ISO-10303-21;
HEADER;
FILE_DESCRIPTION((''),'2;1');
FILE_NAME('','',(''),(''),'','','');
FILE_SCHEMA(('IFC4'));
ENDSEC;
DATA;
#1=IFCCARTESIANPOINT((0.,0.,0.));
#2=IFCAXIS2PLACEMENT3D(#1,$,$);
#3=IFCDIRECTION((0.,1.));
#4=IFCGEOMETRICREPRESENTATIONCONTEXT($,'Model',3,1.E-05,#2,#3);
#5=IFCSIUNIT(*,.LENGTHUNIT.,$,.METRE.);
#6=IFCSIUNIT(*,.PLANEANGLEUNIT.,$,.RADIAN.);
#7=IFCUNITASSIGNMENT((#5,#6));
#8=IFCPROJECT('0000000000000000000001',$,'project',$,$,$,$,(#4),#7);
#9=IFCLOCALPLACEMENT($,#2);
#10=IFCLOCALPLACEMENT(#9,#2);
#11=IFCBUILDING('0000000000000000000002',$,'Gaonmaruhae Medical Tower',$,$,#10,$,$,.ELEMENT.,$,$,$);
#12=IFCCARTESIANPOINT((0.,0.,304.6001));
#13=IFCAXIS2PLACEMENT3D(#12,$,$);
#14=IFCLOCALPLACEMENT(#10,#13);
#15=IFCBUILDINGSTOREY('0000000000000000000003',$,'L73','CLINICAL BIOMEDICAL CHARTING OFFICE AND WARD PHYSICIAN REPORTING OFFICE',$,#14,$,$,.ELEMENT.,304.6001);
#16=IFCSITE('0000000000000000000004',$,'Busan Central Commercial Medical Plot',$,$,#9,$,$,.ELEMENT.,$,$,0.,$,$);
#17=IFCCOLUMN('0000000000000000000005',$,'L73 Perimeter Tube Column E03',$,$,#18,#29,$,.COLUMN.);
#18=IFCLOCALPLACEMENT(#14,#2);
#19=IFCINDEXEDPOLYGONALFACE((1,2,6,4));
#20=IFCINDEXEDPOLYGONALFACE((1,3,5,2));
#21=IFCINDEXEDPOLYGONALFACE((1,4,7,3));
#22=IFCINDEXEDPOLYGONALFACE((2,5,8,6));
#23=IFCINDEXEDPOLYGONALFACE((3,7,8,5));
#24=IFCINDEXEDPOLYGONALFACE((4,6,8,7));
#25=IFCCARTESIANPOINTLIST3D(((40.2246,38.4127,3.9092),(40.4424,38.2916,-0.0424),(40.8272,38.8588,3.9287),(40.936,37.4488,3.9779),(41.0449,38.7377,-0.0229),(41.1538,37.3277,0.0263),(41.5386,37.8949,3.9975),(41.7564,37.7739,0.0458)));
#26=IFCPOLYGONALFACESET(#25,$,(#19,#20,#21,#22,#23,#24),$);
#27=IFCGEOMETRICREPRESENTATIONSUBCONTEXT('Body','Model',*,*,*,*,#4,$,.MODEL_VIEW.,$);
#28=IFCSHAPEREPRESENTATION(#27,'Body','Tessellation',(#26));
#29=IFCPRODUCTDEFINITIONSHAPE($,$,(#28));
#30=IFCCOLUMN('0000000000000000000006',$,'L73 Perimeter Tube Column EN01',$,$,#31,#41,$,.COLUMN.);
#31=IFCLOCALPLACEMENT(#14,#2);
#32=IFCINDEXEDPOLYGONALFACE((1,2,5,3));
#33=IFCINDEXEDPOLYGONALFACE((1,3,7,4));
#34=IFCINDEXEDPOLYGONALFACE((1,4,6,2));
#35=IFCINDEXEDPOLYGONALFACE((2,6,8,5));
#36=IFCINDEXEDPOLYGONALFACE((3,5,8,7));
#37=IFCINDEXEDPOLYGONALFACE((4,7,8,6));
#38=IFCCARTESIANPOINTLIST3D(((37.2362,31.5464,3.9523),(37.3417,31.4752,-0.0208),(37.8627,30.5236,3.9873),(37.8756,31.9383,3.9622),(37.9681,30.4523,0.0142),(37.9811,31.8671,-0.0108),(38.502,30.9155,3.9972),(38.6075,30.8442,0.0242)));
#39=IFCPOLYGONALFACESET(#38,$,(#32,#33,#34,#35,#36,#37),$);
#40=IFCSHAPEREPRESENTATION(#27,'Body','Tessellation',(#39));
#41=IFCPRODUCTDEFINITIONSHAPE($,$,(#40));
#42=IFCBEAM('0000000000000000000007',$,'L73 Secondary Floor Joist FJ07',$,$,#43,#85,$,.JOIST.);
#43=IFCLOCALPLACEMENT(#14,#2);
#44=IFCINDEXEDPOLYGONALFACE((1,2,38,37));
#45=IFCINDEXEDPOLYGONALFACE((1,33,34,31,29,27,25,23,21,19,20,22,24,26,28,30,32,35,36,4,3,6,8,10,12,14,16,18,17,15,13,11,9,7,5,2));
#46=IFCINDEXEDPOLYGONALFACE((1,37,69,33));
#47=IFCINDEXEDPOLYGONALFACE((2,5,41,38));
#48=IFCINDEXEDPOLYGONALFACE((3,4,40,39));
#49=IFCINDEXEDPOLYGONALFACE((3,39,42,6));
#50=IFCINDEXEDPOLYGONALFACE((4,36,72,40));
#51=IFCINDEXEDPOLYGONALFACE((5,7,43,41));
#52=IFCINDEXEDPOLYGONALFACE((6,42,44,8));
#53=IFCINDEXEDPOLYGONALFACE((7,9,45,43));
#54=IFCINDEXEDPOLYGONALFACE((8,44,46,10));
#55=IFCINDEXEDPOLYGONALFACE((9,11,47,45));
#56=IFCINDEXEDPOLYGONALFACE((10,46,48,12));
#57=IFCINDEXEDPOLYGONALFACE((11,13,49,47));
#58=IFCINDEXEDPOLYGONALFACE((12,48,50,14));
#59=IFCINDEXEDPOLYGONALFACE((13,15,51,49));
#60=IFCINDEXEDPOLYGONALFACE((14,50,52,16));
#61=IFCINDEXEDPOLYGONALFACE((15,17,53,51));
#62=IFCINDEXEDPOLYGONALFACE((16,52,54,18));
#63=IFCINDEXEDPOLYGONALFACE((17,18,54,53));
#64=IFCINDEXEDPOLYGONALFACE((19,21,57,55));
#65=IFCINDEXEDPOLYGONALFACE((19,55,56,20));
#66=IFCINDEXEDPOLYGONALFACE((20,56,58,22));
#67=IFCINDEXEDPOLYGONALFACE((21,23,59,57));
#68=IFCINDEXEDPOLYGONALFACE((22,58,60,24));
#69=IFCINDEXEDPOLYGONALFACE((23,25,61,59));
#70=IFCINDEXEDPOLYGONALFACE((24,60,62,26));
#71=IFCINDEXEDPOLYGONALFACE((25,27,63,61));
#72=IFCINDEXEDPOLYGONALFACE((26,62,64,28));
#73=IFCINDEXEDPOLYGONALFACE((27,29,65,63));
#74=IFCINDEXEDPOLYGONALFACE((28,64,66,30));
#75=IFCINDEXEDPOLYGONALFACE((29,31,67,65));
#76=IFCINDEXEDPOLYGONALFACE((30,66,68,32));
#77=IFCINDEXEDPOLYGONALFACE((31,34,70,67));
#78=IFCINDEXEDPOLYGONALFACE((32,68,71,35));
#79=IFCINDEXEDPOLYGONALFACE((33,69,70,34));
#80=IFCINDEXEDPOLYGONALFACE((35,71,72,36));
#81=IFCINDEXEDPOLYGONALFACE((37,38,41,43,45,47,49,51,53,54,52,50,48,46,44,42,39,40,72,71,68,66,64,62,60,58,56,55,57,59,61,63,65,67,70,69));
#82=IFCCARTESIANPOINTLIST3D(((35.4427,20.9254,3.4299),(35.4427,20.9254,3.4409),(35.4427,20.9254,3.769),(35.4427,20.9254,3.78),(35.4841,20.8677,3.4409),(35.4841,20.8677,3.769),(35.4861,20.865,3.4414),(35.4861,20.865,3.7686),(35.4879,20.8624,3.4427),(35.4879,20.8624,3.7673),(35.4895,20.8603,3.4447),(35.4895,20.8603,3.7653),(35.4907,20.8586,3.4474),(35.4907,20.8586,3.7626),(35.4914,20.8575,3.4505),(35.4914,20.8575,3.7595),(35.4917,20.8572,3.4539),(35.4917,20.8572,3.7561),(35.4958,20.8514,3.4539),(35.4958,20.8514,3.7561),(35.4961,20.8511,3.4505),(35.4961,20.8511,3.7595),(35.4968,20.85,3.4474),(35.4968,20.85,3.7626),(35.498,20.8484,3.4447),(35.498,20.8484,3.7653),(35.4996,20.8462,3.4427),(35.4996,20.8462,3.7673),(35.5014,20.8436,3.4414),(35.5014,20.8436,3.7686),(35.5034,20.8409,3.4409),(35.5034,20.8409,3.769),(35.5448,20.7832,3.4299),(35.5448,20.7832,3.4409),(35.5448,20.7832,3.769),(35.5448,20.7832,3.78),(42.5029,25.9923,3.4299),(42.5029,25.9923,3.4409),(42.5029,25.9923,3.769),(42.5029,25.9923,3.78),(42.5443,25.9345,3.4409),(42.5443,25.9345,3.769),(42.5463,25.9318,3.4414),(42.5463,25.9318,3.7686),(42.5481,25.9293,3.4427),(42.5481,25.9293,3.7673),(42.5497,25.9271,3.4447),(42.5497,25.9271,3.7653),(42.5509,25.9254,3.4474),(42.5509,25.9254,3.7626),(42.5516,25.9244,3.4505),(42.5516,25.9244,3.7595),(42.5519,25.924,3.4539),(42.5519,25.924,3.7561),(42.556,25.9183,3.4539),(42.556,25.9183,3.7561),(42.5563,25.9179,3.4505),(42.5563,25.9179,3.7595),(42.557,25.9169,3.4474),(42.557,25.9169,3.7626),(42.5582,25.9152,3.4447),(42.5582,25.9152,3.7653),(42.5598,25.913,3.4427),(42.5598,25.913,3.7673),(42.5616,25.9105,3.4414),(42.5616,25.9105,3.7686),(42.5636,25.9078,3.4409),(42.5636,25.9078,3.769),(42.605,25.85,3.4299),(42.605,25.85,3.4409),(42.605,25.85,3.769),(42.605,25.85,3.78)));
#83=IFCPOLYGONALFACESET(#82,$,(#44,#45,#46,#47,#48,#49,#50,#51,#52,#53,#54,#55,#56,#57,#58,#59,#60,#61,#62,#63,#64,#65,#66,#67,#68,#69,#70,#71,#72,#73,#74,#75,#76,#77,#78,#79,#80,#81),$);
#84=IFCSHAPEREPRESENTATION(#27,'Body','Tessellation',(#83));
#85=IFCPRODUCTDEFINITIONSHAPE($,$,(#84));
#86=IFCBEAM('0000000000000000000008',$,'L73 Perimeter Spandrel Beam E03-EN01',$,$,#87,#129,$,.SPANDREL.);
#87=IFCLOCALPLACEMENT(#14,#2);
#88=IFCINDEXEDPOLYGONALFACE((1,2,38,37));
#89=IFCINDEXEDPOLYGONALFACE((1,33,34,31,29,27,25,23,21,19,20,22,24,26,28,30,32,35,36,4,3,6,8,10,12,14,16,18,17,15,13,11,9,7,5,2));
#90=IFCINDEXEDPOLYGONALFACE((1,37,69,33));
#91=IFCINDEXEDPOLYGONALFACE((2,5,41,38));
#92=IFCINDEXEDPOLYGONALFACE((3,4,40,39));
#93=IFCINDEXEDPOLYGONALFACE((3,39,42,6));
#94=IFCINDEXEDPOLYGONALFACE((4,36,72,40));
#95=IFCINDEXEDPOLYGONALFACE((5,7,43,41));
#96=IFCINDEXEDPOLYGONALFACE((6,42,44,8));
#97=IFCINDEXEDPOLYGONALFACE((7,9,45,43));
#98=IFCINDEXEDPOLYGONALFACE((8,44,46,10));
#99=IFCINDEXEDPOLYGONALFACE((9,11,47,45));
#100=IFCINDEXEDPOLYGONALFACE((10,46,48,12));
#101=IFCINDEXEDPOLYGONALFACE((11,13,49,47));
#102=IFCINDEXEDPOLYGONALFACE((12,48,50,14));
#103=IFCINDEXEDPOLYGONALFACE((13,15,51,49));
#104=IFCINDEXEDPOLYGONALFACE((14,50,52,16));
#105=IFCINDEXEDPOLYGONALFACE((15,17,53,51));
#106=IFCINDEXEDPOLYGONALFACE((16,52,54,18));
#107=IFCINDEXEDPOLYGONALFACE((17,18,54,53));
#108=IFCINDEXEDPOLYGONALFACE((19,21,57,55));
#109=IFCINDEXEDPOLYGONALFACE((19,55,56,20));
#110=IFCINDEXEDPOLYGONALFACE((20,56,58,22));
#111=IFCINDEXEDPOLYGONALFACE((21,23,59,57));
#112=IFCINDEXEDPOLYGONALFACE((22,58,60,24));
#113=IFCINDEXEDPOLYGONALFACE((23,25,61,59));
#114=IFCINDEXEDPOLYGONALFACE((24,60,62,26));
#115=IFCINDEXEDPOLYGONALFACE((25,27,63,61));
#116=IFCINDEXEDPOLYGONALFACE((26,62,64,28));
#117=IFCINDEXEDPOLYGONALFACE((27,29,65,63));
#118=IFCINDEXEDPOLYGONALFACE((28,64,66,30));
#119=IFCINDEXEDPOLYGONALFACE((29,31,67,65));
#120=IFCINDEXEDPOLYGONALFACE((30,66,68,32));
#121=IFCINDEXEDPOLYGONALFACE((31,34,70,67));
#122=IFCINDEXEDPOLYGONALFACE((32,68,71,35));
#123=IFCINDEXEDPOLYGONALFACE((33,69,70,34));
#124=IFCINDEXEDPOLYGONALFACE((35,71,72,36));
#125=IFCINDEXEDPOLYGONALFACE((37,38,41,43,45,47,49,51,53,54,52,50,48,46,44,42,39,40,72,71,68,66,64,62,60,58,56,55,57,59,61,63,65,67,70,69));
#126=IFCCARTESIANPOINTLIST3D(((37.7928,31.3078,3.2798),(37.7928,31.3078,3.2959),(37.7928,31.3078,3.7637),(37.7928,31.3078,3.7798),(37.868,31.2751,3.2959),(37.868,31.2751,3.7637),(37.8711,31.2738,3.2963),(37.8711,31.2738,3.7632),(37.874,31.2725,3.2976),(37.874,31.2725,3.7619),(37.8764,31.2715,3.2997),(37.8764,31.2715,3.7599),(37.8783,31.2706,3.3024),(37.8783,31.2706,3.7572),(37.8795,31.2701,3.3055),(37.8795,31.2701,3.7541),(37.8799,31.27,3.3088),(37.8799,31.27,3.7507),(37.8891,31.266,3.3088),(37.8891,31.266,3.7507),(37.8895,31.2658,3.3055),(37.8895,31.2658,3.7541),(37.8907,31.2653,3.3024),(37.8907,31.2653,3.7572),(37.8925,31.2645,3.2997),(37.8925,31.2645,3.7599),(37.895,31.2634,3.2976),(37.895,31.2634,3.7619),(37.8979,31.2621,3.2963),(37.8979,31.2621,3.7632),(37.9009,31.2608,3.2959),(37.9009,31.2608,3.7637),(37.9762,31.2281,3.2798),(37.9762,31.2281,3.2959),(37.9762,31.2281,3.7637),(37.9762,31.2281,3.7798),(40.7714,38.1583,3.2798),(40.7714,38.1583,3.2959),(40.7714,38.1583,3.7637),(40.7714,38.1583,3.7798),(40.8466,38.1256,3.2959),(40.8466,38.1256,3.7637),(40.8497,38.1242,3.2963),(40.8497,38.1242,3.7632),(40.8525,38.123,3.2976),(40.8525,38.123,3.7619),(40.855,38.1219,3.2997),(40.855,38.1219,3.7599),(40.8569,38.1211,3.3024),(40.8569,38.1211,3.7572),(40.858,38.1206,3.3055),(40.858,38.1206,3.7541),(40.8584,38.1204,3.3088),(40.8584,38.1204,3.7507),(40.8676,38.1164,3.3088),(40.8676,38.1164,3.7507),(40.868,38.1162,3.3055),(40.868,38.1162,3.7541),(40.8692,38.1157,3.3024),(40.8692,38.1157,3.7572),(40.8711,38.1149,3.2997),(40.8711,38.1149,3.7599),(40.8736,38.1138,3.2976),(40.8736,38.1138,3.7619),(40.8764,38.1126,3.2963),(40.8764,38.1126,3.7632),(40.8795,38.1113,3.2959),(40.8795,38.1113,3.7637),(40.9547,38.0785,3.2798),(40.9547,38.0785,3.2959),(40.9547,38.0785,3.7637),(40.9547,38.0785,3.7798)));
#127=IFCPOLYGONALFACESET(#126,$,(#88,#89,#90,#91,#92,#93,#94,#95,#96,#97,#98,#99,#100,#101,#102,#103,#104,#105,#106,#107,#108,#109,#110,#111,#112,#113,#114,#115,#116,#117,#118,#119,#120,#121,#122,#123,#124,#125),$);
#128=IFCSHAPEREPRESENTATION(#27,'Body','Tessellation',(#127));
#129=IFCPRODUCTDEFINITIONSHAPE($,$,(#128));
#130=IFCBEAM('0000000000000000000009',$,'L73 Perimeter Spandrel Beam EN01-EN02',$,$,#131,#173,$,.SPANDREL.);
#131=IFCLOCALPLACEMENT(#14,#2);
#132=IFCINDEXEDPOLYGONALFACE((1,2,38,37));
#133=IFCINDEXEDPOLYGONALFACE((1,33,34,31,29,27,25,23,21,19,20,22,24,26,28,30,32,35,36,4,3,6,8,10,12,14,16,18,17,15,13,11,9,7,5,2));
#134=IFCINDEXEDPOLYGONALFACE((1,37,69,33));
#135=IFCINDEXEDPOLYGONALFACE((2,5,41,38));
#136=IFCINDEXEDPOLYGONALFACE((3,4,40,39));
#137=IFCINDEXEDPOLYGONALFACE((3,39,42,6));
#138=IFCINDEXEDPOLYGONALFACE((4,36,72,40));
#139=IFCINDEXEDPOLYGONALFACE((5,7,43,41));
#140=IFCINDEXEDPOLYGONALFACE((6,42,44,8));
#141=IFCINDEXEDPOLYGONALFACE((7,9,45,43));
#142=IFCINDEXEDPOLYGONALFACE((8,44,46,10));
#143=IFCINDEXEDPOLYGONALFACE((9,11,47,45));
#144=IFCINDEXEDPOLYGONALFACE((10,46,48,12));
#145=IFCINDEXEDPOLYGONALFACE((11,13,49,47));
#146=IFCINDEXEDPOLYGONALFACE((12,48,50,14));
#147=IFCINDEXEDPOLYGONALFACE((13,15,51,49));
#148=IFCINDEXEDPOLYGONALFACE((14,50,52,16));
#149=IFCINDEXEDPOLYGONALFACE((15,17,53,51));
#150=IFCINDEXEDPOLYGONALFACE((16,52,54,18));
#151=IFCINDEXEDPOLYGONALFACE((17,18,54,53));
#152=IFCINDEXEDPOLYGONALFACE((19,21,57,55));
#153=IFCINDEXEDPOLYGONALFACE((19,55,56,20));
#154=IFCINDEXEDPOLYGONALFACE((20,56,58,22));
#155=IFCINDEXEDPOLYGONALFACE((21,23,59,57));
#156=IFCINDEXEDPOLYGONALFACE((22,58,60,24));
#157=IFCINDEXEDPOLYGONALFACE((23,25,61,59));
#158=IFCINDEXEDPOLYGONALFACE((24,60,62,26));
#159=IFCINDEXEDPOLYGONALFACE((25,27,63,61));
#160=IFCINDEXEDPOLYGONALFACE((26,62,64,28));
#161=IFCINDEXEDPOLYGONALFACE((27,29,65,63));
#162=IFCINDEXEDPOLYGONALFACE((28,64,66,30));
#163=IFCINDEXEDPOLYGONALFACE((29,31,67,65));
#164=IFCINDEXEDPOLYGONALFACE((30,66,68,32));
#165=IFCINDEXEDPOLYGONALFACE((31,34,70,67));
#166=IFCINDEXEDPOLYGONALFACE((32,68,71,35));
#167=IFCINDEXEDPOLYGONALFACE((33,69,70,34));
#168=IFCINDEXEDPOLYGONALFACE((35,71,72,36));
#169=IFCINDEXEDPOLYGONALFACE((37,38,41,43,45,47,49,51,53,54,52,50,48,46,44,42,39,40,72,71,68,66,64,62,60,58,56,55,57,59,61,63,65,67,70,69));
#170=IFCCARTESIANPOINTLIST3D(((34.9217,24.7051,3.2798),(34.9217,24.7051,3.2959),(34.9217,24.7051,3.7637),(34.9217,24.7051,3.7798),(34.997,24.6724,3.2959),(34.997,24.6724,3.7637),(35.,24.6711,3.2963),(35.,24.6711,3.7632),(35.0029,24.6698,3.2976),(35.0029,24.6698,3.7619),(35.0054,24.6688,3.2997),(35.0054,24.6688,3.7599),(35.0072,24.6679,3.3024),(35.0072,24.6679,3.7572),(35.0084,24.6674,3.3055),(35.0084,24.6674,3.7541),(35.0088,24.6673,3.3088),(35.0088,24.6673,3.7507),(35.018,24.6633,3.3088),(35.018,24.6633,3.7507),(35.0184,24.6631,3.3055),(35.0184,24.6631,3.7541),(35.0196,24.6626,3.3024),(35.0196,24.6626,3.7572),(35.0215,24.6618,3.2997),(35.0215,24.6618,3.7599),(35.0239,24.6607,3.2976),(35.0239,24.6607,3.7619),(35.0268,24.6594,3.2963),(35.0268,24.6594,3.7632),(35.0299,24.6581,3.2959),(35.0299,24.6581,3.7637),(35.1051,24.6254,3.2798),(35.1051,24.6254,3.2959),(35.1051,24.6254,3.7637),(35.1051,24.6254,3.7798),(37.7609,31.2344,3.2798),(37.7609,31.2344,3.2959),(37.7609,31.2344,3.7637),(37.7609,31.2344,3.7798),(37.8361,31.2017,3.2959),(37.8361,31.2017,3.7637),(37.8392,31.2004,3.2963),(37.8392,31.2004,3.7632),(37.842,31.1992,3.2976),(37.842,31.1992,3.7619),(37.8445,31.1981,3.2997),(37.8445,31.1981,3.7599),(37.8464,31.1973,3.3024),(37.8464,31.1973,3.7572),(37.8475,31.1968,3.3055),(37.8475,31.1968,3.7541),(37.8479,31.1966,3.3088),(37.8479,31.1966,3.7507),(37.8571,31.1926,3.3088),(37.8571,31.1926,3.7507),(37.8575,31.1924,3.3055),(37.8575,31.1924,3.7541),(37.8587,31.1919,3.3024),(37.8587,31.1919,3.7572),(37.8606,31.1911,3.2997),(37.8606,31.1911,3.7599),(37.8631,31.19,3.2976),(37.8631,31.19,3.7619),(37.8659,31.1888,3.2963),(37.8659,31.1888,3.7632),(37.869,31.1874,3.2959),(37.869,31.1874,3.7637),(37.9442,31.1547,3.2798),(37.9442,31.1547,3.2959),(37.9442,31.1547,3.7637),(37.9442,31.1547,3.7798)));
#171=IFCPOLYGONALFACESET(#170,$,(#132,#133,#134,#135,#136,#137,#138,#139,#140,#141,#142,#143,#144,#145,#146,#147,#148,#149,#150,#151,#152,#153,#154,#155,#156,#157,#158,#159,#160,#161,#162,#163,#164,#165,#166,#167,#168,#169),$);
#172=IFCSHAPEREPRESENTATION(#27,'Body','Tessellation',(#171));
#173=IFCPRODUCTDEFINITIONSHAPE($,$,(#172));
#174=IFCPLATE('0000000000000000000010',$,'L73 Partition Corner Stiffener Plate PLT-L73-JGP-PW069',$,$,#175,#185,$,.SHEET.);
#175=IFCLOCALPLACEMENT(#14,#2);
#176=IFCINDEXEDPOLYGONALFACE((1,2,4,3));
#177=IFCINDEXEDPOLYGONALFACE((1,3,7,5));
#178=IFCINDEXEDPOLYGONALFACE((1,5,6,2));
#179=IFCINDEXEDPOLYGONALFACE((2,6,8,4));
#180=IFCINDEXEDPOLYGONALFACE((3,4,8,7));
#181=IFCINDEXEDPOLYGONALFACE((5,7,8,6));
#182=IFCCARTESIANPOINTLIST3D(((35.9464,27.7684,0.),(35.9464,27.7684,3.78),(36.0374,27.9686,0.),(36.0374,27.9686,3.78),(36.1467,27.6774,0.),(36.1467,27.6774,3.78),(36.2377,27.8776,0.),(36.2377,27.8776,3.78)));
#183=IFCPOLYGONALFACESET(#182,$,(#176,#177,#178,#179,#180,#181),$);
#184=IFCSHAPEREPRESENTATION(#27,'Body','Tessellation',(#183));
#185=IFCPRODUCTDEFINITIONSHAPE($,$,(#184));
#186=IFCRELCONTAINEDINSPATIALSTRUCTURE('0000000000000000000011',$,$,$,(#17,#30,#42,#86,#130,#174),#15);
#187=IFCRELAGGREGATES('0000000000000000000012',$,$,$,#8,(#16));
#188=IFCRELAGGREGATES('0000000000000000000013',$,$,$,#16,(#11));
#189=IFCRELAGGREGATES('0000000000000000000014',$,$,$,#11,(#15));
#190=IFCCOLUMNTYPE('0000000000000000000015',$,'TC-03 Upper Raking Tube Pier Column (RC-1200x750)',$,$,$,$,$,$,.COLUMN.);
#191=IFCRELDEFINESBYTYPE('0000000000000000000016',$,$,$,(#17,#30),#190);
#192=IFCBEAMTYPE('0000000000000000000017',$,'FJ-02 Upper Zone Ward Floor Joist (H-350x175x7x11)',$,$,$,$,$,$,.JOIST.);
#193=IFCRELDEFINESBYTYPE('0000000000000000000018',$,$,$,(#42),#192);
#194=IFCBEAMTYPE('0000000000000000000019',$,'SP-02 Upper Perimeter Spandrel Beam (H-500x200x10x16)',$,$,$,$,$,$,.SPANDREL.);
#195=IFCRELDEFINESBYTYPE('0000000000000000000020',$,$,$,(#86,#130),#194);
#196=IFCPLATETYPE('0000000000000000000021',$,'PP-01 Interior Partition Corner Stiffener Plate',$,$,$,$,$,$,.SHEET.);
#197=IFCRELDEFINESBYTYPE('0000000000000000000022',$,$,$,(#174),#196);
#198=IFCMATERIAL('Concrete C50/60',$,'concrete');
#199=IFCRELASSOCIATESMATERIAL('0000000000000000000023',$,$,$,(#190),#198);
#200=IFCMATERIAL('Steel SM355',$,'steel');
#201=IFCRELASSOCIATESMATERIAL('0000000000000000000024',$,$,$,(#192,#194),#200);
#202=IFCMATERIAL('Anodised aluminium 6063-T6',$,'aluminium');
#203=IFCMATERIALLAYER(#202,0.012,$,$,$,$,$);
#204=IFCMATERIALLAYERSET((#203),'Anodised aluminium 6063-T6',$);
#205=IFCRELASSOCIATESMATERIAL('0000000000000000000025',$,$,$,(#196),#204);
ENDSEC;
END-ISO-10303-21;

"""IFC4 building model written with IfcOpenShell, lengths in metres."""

from ifc_helpers import new_model, si_unit, direction, frame, origin, origin_2d, place, context, subcontext, project, spatial, rectangle, i_section, extrude, material, layer, layer_set, material_profile, profile_set, type_object, element, save


model = new_model("IFC4")

# Units and contexts
model_context = context("Model", 3, precision=1e-05, world=origin(), true_north=direction((0.0, 1.0)))
body_context = subcontext(model_context, "Body", "Model", "MODEL_VIEW")
ifc_project = project(units=[si_unit("LENGTHUNIT", "METRE"), si_unit("PLANEANGLEUNIT", "RADIAN")], contexts=[model_context])

# Site, building, storey
site_placement = place(None, origin())
site = spatial("IfcSite", under=ifc_project, at=site_placement, Name="Busan Central Commercial Medical Plot", CompositionType="ELEMENT", RefElevation=0.0)
building_placement = place(site_placement, origin())
building = spatial("IfcBuilding", under=site, at=building_placement, Name="Gaonmaruhae Medical Tower", CompositionType="ELEMENT")
storey_placement = place(building_placement, frame((0.0, 0.0, 304.6001)))
storey = spatial("IfcBuildingStorey", under=building, at=storey_placement, Name="L73", Description="CLINICAL BIOMEDICAL CHARTING OFFICE AND WARD PHYSICIAN REPORTING OFFICE", CompositionType="ELEMENT", Elevation=304.6001)

# Columns
ifc_material_1 = material(Name="Concrete C50/60", Category="concrete")
ifc_material_profile_1 = material_profile(ifc_material_1, rectangle(XDim=1.2, YDim=0.75, at=origin_2d()), Name="RC-1200x750")
ifc_profile_set_1 = profile_set([ifc_material_profile_1], Name="Concrete C50/60")
column_type = type_object("IfcColumnType", Name="TC-03 Upper Raking Tube Pier Column (RC-1200x750)", PredefinedType="COLUMN", material=ifc_profile_set_1)
column_1_placement = place(storey_placement, frame((41.0994, 38.0327, 0.0017), z_axis=(-0.055, 0.030583, 0.998018), x_axis=(0.592875, -0.803254, 0.057288)))
element("IfcColumn", 1, at=column_1_placement, inside=storey, type_object=column_type, Name="L73 Perimeter Tube Column E03", PredefinedType="COLUMN", context=body_context, shape_type="SweptSolid", body=[
    extrude(rectangle(XDim=1.2, YDim=0.75, at=origin_2d()), origin(), (0.0, 0.0, 1.0), 3.9595),
])
column_2_placement = place(storey_placement, frame((37.9746, 31.1597, 0.0017), z_axis=(-0.026532, 0.017934, 0.999487), x_axis=(0.522026, -0.852431, 0.029152)))
element("IfcColumn", 2, at=column_2_placement, inside=storey, type_object=column_type, Name="L73 Perimeter Tube Column EN01", PredefinedType="COLUMN", context=body_context, shape_type="SweptSolid", body=[
    extrude(rectangle(XDim=1.2, YDim=0.75, at=origin_2d()), origin(), (0.0, 0.0, 1.0), 3.9751),
])

# Beams
ifc_material_2 = material(Name="Steel SM355", Category="steel")
ifc_material_profile_2 = material_profile(ifc_material_2, i_section(OverallWidth=0.175, OverallDepth=0.3501, WebThickness=0.0071, FlangeThickness=0.011, FilletRadius=0.0129, at=origin_2d()), Name="H-350x175x7x11")
ifc_profile_set_2 = profile_set([ifc_material_profile_2], Name="Steel SM355")
beam_type_1 = type_object("IfcBeamType", Name="FJ-02 Upper Zone Ward Floor Joist (H-350x175x7x11)", PredefinedType="JOIST", material=ifc_profile_set_2)
beam_1_placement = place(storey_placement, frame((42.554, 25.9211, 3.605), z_axis=(-0.812435, -0.583052, 0.0), x_axis=(0.583052, -0.812435, 0.0)))
element("IfcBeam", 3, at=beam_1_placement, inside=storey, type_object=beam_type_1, Name="L73 Secondary Floor Joist FJ07", PredefinedType="JOIST", context=body_context, shape_type="SweptSolid", body=[
    extrude(i_section(OverallWidth=0.175, OverallDepth=0.3501, WebThickness=0.0071, FlangeThickness=0.011, FilletRadius=0.0129, at=origin_2d()), origin(), (0.0, 0.0, 1.0), 8.6902),
])
ifc_material_profile_3 = material_profile(ifc_material_2, i_section(OverallWidth=0.2, OverallDepth=0.5, WebThickness=0.01, FlangeThickness=0.0161, FilletRadius=0.0129, at=origin_2d()), Name="H-500x200x10x16")
ifc_profile_set_3 = profile_set([ifc_material_profile_3], Name="Steel SM355")
beam_type_2 = type_object("IfcBeamType", Name="SP-02 Upper Perimeter Spandrel Beam (H-500x200x10x16)", PredefinedType="SPANDREL", material=ifc_profile_set_3)
beam_2_placement = place(storey_placement, frame((40.863, 38.1184, 3.5298), z_axis=(-0.398738, -0.917065, 0.0), x_axis=(0.917065, -0.398738, 0.0)))
element("IfcBeam", 4, at=beam_2_placement, inside=storey, type_object=beam_type_2, Name="L73 Perimeter Spandrel Beam E03-EN01", PredefinedType="SPANDREL", context=body_context, shape_type="SweptSolid", body=[
    extrude(i_section(OverallWidth=0.2, OverallDepth=0.5, WebThickness=0.01, FlangeThickness=0.0161, FilletRadius=0.0129, at=origin_2d()), origin(), (0.0, 0.0, 1.0), 7.47),
])
beam_3_placement = place(storey_placement, frame((37.8525, 31.1946, 3.5298), z_axis=(-0.39876, -0.917055, 0.0), x_axis=(0.917055, -0.39876, 0.0)))
element("IfcBeam", 5, at=beam_3_placement, inside=storey, type_object=beam_type_2, Name="L73 Perimeter Spandrel Beam EN01-EN02", PredefinedType="SPANDREL", context=body_context, shape_type="SweptSolid", body=[
    extrude(i_section(OverallWidth=0.2, OverallDepth=0.5, WebThickness=0.01, FlangeThickness=0.0161, FilletRadius=0.0129, at=origin_2d()), origin(), (0.0, 0.0, 1.0), 7.1199),
])

# Plate
ifc_material_3 = material(Name="Anodised aluminium 6063-T6", Category="aluminium")
ifc_layer_1 = layer(ifc_material_3, 0.012)
ifc_layer_set_1 = layer_set([ifc_layer_1], Name="Anodised aluminium 6063-T6")
plate_type = type_object("IfcPlateType", Name="PP-01 Interior Partition Corner Stiffener Plate", PredefinedType="SHEET", material=ifc_layer_set_1)
for number, where, z_axis, x_axis, name in (
    (6, (36.092, 27.823, 0.0), (0.0, 0.0, 1.0), (0.910366, -0.413804, 0.0), "L73 Partition Corner Stiffener Plate PLT-L73-JGP-PW069"),
):
    element("IfcPlate", number, at=place(storey_placement, frame(where, z_axis=z_axis, x_axis=x_axis)), inside=storey, type_object=plate_type, Name=name, PredefinedType="SHEET", context=body_context, shape_type="SweptSolid", body=[
        extrude(rectangle(XDim=0.22, YDim=0.22, at=origin_2d()), origin(), (0.0, 0.0, 1.0), 3.78),
    ])

save(model, "model.ifc")
